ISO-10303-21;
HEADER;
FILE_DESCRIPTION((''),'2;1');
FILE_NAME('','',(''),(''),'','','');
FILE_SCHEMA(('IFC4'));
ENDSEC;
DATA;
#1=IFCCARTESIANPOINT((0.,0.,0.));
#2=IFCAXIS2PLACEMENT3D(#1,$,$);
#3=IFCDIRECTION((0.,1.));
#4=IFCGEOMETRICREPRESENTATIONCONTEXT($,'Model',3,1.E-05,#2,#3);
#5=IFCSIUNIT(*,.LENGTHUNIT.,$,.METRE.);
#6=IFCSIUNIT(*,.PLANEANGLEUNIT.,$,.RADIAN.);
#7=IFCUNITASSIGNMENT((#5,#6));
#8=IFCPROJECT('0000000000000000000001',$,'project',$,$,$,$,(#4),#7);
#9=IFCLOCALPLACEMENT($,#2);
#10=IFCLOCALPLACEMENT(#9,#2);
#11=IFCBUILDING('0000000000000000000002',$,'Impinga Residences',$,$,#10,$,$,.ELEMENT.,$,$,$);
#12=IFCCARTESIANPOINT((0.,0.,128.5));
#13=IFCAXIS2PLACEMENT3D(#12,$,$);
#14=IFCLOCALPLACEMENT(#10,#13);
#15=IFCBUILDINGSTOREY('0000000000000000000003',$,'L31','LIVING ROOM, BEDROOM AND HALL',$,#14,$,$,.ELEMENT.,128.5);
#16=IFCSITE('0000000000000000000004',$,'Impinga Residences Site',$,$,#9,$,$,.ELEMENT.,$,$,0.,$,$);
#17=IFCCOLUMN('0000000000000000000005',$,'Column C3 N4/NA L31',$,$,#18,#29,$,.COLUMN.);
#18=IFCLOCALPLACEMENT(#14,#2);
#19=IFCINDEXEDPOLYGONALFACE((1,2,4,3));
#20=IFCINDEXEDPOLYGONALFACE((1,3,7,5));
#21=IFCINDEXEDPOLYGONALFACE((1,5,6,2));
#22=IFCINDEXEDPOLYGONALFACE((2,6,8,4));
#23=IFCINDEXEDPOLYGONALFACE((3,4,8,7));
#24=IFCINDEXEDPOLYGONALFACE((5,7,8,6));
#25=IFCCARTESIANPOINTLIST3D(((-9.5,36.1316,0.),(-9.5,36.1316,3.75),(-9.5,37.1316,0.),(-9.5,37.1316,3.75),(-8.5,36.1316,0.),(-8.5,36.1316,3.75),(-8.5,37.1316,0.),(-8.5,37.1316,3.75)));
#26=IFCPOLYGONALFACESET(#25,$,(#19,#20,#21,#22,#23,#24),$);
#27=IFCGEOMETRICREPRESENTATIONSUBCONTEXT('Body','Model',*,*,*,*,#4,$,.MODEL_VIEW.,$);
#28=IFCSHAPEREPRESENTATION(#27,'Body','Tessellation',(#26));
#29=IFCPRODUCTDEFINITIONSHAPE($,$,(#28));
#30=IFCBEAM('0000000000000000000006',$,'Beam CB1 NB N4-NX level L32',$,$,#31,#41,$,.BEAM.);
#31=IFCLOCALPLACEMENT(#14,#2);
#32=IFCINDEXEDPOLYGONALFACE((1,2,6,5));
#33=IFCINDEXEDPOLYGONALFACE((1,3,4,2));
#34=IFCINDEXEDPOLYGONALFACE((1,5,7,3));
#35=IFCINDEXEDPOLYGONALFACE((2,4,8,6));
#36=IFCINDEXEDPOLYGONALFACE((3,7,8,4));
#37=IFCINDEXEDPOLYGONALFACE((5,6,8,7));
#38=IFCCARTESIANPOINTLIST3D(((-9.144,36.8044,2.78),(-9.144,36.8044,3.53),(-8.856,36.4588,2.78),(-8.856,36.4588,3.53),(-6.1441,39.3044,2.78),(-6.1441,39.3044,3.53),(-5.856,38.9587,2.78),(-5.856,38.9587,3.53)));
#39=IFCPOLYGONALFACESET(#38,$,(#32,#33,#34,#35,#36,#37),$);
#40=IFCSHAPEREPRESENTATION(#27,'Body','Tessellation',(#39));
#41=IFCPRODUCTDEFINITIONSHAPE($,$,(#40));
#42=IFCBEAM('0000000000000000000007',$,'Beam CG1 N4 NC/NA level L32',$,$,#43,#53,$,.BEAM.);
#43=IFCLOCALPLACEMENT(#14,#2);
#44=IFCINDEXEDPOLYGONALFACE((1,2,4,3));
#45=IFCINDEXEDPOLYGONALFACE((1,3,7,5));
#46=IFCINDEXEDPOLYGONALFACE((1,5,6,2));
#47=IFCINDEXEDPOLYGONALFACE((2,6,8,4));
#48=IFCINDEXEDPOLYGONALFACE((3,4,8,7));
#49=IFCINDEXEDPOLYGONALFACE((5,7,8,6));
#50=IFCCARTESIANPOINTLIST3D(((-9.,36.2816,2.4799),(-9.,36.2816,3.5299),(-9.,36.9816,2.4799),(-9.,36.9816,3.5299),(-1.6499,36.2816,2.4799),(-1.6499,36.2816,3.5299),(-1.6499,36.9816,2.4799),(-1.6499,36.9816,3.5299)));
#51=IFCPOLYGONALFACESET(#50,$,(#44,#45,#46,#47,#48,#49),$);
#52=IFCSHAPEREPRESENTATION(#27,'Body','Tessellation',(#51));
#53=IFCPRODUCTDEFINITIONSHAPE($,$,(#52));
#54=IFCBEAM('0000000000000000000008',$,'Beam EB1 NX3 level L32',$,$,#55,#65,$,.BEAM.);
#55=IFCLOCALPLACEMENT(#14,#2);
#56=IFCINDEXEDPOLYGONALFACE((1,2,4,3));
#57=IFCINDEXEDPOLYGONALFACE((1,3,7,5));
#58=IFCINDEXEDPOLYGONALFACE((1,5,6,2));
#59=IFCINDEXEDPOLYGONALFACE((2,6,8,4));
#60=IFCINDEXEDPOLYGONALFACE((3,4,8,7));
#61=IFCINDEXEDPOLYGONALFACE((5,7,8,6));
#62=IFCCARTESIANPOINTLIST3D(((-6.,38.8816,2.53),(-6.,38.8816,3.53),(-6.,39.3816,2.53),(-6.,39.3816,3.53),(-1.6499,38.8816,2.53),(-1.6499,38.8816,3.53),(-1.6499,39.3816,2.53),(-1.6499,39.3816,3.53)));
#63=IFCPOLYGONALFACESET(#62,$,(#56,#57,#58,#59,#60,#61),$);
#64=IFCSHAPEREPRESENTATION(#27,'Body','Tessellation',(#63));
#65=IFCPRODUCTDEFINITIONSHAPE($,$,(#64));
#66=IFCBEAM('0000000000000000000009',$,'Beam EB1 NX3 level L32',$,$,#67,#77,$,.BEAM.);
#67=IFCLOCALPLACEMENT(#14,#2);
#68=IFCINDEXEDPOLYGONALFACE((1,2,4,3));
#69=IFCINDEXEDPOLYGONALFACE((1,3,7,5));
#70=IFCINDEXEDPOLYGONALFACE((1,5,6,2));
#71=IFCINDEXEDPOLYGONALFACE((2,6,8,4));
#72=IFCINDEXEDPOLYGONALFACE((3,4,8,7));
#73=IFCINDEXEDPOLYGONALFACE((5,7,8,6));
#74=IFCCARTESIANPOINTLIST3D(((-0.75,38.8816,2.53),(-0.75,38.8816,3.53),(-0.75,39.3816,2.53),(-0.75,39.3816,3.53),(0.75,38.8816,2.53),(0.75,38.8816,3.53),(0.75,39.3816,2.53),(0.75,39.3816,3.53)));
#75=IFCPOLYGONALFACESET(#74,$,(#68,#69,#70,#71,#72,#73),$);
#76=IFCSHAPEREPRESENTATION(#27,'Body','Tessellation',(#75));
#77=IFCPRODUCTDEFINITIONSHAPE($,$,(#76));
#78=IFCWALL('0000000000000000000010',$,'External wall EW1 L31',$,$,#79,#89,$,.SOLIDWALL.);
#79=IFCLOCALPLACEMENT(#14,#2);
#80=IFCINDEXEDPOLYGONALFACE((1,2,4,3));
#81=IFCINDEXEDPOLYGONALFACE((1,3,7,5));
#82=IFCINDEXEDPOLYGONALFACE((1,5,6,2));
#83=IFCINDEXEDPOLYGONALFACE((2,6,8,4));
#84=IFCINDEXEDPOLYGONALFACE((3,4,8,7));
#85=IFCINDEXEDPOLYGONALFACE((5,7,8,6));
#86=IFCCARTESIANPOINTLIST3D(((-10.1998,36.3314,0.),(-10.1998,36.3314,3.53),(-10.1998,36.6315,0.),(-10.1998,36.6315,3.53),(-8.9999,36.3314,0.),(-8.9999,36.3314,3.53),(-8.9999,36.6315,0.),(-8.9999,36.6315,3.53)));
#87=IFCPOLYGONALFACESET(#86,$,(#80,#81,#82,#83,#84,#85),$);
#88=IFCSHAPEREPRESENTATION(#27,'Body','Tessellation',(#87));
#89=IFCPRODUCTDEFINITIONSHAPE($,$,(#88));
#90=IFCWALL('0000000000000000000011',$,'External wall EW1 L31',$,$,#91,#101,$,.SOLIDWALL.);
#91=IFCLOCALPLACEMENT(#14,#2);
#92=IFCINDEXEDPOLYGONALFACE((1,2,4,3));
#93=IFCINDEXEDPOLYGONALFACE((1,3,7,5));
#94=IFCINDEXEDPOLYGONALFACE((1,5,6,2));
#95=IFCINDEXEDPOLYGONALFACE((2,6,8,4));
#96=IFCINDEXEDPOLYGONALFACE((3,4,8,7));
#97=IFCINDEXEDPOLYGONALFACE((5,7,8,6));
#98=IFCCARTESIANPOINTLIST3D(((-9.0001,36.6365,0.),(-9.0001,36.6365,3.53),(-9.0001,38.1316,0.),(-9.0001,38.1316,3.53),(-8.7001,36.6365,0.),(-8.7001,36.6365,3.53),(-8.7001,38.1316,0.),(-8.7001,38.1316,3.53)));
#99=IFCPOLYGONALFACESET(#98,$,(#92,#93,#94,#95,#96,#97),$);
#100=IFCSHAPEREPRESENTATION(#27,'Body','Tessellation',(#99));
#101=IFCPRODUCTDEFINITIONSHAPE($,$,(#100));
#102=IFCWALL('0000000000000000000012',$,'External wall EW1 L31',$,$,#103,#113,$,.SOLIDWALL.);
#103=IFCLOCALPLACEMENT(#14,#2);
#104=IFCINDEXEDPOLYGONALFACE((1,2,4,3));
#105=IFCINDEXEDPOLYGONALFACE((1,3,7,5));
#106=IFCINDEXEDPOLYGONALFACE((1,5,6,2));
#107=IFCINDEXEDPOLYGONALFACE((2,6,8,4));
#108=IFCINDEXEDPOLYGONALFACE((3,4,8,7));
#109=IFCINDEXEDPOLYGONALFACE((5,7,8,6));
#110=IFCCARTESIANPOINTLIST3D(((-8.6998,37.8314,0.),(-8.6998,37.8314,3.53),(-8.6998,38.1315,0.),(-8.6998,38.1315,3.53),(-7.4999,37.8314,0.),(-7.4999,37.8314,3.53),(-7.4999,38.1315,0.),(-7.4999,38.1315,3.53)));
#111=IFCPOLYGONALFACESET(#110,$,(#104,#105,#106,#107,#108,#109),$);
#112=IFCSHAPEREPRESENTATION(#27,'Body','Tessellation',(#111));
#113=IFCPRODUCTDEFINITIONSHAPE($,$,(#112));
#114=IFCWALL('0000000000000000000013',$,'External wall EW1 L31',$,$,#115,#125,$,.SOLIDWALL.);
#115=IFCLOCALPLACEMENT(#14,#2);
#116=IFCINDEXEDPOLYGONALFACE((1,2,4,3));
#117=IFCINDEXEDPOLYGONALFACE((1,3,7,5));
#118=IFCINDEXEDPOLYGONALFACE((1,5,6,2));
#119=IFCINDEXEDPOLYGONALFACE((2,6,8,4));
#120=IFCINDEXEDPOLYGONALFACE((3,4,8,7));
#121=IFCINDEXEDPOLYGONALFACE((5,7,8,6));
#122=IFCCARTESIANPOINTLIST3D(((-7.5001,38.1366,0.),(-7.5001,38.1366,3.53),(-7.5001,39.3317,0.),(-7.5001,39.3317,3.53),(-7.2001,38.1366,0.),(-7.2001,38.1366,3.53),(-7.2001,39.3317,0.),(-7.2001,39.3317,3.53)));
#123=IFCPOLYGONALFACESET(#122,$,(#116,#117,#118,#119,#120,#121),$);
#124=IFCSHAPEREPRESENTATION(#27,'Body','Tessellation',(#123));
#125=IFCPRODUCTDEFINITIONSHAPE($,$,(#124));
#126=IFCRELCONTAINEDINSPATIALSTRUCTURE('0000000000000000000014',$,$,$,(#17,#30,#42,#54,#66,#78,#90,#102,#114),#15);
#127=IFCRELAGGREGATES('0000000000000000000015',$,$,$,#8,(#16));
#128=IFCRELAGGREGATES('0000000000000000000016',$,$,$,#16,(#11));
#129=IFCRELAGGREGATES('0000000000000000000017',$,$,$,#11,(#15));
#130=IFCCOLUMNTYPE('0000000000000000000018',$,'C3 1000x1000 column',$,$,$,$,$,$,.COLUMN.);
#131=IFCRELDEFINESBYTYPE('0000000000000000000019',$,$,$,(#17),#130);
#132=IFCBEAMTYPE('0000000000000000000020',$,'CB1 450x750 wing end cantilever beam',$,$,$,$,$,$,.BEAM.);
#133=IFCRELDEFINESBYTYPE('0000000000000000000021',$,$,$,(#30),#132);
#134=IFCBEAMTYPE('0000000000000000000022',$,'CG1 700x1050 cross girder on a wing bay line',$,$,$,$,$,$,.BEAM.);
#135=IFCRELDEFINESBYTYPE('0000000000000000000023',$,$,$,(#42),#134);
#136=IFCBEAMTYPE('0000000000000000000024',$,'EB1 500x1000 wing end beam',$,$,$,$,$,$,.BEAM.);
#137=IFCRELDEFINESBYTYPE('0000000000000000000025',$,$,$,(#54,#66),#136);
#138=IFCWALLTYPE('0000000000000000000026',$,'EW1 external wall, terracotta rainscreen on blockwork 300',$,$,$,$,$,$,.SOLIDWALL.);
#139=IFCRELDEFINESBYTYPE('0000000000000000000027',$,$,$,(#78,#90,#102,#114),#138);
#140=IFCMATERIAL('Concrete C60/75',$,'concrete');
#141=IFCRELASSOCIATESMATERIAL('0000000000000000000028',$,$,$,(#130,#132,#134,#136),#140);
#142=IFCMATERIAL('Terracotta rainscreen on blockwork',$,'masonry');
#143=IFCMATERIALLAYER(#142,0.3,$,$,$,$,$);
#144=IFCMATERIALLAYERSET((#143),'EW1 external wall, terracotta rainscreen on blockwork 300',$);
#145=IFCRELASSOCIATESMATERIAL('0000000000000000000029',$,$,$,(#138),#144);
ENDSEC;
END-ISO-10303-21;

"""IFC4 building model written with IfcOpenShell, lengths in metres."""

from ifc_helpers import new_model, si_unit, direction, frame, frame_2d, origin, origin_2d, place, context, subcontext, project, spatial, rectangle, extrude, material, layer, layer_set, material_profile, profile_set, type_object, element, save


model = new_model("IFC4")

# Units and contexts
model_context = context("Model", 3, precision=1e-05, world=origin(), true_north=direction((0.0, 1.0)))
body_context = subcontext(model_context, "Body", "Model", "MODEL_VIEW")
ifc_project = project(units=[si_unit("LENGTHUNIT", "METRE"), si_unit("PLANEANGLEUNIT", "RADIAN")], contexts=[model_context])

# Site, building, storey
site_placement = place(None, origin())
site = spatial("IfcSite", under=ifc_project, at=site_placement, Name="Impinga Residences Site", CompositionType="ELEMENT", RefElevation=0.0)
building_placement = place(site_placement, origin())
building = spatial("IfcBuilding", under=site, at=building_placement, Name="Impinga Residences", CompositionType="ELEMENT")
storey_placement = place(building_placement, frame((0.0, 0.0, 128.5)))
storey = spatial("IfcBuildingStorey", under=building, at=storey_placement, Name="L31", Description="LIVING ROOM, BEDROOM AND HALL", CompositionType="ELEMENT", Elevation=128.5)

# Column
ifc_material_1 = material(Name="Concrete C60/75", Category="concrete")
ifc_material_profile_1 = material_profile(ifc_material_1, rectangle(XDim=1.0, YDim=1.0, at=origin_2d()), Name="RC 1000x1000")
ifc_profile_set_1 = profile_set([ifc_material_profile_1], Name="Concrete C60/75")
column_type = type_object("IfcColumnType", Name="C3 1000x1000 column", PredefinedType="COLUMN", material=ifc_profile_set_1)
column_placement = place(storey_placement, frame((-9.0, 36.6316, 0.0), z_axis=(0.0, 0.0, 1.0), x_axis=(1.0, 0.0, 0.0)))
element("IfcColumn", 1, at=column_placement, inside=storey, type_object=column_type, Name="Column C3 N4/NA L31", PredefinedType="COLUMN", context=body_context, shape_type="SweptSolid", body=[
    extrude(rectangle(XDim=1.0, YDim=1.0, at=origin_2d()), origin(), (0.0, 0.0, 1.0), 3.75),
])

# Beams
ifc_material_profile_2 = material_profile(ifc_material_1, rectangle(XDim=0.45, YDim=0.75, at=origin_2d()), Name="RC 450x750")
ifc_profile_set_2 = profile_set([ifc_material_profile_2], Name="Concrete C60/75")
beam_type_1 = type_object("IfcBeamType", Name="CB1 450x750 wing end cantilever beam", PredefinedType="BEAM", material=ifc_profile_set_2)
beam_1_placement = place(storey_placement, frame((-9.0, 36.6316, 3.155), z_axis=(0.768221, 0.640184, 0.0), x_axis=(-0.640184, 0.768221, 0.0)))
element("IfcBeam", 2, at=beam_1_placement, inside=storey, type_object=beam_type_1, Name="Beam CB1 NB N4-NX level L32", PredefinedType="BEAM", context=body_context, shape_type="SweptSolid", body=[
    extrude(rectangle(XDim=0.45, YDim=0.75, at=origin_2d()), origin(), (0.0, 0.0, 1.0), 3.905),
])
ifc_material_profile_3 = material_profile(ifc_material_1, rectangle(XDim=0.7, YDim=1.05, at=origin_2d()), Name="RC 700x1050")
ifc_profile_set_3 = profile_set([ifc_material_profile_3], Name="Concrete C60/75")
beam_type_2 = type_object("IfcBeamType", Name="CG1 700x1050 cross girder on a wing bay line", PredefinedType="BEAM", material=ifc_profile_set_3)
beam_2_placement = place(storey_placement, frame((-1.6499, 36.6316, 3.0049), z_axis=(-1.0, 0.0, 0.0), x_axis=(0.0, -1.0, 0.0)))
element("IfcBeam", 3, at=beam_2_placement, inside=storey, type_object=beam_type_2, Name="Beam CG1 N4 NC/NA level L32", PredefinedType="BEAM", context=body_context, shape_type="SweptSolid", body=[
    extrude(rectangle(XDim=0.7, YDim=1.05, at=origin_2d()), origin(), (0.0, 0.0, 1.0), 7.3501),
])
ifc_material_profile_4 = material_profile(ifc_material_1, rectangle(XDim=0.5, YDim=1.0, at=origin_2d()), Name="RC 500x1000")
ifc_profile_set_4 = profile_set([ifc_material_profile_4], Name="Concrete C60/75")
beam_type_3 = type_object("IfcBeamType", Name="EB1 500x1000 wing end beam", PredefinedType="BEAM", material=ifc_profile_set_4)
beam_3_placement = place(storey_placement, frame((-6.0, 39.1316, 3.03), z_axis=(1.0, 0.0, 0.0), x_axis=(0.0, 1.0, 0.0)))
element("IfcBeam", 4, at=beam_3_placement, inside=storey, type_object=beam_type_3, Name="Beam EB1 NX3 level L32", PredefinedType="BEAM", context=body_context, shape_type="SweptSolid", body=[
    extrude(rectangle(XDim=0.5, YDim=1.0, at=origin_2d()), origin(), (0.0, 0.0, 1.0), 4.3501),
])
beam_4_placement = place(storey_placement, frame((-0.75, 39.1316, 3.03), z_axis=(1.0, 0.0, 0.0), x_axis=(0.0, 1.0, 0.0)))
element("IfcBeam", 5, at=beam_4_placement, inside=storey, type_object=beam_type_3, Name="Beam EB1 NX3 level L32", PredefinedType="BEAM", context=body_context, shape_type="SweptSolid", body=[
    extrude(rectangle(XDim=0.5, YDim=1.0, at=origin_2d()), origin(), (0.0, 0.0, 1.0), 1.5),
])

# Walls
ifc_material_2 = material(Name="Terracotta rainscreen on blockwork", Category="masonry")
ifc_layer_1 = layer(ifc_material_2, 0.3)
ifc_layer_set_1 = layer_set([ifc_layer_1], Name="EW1 external wall, terracotta rainscreen on blockwork 300")
wall_type_1 = type_object("IfcWallType", Name="EW1 external wall, terracotta rainscreen on blockwork 300", PredefinedType="SOLIDWALL", material=ifc_layer_set_1)
wall_1_placement = place(storey_placement, frame((-10.2, 36.4814, 0.0), z_axis=(0.0, 0.0, 1.0), x_axis=(1.0, 0.0, 0.0)))
element("IfcWall", 6, at=wall_1_placement, inside=storey, type_object=wall_type_1, Name="External wall EW1 L31", PredefinedType="SOLIDWALL", context=body_context, shape_type="SweptSolid", body=[
    extrude(rectangle(XDim=1.2, YDim=0.3, at=frame_2d((0.6001, 0.0))), origin(), (0.0, 0.0, 1.0), 3.53),
])
wall_2_placement = place(storey_placement, frame((-8.8501, 36.6365, 0.0), z_axis=(0.0, 0.0, 1.0), x_axis=(0.0, 1.0, 0.0)))
element("IfcWall", 7, at=wall_2_placement, inside=storey, type_object=wall_type_1, Name="External wall EW1 L31", PredefinedType="SOLIDWALL", context=body_context, shape_type="SweptSolid", body=[
    extrude(rectangle(XDim=1.4951, YDim=0.3, at=frame_2d((0.7476, 0.0))), origin(), (0.0, 0.0, 1.0), 3.53),
])
wall_3_placement = place(storey_placement, frame((-8.7, 37.9814, 0.0), z_axis=(0.0, 0.0, 1.0), x_axis=(1.0, 0.0, 0.0)))
element("IfcWall", 8, at=wall_3_placement, inside=storey, type_object=wall_type_1, Name="External wall EW1 L31", PredefinedType="SOLIDWALL", context=body_context, shape_type="SweptSolid", body=[
    extrude(rectangle(XDim=1.2, YDim=0.3, at=frame_2d((0.6001, 0.0))), origin(), (0.0, 0.0, 1.0), 3.53),
])
wall_4_placement = place(storey_placement, frame((-7.3501, 38.1365, 0.0), z_axis=(0.0, 0.0, 1.0), x_axis=(0.0, 1.0, 0.0)))
element("IfcWall", 9, at=wall_4_placement, inside=storey, type_object=wall_type_1, Name="External wall EW1 L31", PredefinedType="SOLIDWALL", context=body_context, shape_type="SweptSolid", body=[
    extrude(rectangle(XDim=1.1951, YDim=0.3, at=frame_2d((0.5977, 0.0))), origin(), (0.0, 0.0, 1.0), 3.53),
])

save(model, "model.ifc")
